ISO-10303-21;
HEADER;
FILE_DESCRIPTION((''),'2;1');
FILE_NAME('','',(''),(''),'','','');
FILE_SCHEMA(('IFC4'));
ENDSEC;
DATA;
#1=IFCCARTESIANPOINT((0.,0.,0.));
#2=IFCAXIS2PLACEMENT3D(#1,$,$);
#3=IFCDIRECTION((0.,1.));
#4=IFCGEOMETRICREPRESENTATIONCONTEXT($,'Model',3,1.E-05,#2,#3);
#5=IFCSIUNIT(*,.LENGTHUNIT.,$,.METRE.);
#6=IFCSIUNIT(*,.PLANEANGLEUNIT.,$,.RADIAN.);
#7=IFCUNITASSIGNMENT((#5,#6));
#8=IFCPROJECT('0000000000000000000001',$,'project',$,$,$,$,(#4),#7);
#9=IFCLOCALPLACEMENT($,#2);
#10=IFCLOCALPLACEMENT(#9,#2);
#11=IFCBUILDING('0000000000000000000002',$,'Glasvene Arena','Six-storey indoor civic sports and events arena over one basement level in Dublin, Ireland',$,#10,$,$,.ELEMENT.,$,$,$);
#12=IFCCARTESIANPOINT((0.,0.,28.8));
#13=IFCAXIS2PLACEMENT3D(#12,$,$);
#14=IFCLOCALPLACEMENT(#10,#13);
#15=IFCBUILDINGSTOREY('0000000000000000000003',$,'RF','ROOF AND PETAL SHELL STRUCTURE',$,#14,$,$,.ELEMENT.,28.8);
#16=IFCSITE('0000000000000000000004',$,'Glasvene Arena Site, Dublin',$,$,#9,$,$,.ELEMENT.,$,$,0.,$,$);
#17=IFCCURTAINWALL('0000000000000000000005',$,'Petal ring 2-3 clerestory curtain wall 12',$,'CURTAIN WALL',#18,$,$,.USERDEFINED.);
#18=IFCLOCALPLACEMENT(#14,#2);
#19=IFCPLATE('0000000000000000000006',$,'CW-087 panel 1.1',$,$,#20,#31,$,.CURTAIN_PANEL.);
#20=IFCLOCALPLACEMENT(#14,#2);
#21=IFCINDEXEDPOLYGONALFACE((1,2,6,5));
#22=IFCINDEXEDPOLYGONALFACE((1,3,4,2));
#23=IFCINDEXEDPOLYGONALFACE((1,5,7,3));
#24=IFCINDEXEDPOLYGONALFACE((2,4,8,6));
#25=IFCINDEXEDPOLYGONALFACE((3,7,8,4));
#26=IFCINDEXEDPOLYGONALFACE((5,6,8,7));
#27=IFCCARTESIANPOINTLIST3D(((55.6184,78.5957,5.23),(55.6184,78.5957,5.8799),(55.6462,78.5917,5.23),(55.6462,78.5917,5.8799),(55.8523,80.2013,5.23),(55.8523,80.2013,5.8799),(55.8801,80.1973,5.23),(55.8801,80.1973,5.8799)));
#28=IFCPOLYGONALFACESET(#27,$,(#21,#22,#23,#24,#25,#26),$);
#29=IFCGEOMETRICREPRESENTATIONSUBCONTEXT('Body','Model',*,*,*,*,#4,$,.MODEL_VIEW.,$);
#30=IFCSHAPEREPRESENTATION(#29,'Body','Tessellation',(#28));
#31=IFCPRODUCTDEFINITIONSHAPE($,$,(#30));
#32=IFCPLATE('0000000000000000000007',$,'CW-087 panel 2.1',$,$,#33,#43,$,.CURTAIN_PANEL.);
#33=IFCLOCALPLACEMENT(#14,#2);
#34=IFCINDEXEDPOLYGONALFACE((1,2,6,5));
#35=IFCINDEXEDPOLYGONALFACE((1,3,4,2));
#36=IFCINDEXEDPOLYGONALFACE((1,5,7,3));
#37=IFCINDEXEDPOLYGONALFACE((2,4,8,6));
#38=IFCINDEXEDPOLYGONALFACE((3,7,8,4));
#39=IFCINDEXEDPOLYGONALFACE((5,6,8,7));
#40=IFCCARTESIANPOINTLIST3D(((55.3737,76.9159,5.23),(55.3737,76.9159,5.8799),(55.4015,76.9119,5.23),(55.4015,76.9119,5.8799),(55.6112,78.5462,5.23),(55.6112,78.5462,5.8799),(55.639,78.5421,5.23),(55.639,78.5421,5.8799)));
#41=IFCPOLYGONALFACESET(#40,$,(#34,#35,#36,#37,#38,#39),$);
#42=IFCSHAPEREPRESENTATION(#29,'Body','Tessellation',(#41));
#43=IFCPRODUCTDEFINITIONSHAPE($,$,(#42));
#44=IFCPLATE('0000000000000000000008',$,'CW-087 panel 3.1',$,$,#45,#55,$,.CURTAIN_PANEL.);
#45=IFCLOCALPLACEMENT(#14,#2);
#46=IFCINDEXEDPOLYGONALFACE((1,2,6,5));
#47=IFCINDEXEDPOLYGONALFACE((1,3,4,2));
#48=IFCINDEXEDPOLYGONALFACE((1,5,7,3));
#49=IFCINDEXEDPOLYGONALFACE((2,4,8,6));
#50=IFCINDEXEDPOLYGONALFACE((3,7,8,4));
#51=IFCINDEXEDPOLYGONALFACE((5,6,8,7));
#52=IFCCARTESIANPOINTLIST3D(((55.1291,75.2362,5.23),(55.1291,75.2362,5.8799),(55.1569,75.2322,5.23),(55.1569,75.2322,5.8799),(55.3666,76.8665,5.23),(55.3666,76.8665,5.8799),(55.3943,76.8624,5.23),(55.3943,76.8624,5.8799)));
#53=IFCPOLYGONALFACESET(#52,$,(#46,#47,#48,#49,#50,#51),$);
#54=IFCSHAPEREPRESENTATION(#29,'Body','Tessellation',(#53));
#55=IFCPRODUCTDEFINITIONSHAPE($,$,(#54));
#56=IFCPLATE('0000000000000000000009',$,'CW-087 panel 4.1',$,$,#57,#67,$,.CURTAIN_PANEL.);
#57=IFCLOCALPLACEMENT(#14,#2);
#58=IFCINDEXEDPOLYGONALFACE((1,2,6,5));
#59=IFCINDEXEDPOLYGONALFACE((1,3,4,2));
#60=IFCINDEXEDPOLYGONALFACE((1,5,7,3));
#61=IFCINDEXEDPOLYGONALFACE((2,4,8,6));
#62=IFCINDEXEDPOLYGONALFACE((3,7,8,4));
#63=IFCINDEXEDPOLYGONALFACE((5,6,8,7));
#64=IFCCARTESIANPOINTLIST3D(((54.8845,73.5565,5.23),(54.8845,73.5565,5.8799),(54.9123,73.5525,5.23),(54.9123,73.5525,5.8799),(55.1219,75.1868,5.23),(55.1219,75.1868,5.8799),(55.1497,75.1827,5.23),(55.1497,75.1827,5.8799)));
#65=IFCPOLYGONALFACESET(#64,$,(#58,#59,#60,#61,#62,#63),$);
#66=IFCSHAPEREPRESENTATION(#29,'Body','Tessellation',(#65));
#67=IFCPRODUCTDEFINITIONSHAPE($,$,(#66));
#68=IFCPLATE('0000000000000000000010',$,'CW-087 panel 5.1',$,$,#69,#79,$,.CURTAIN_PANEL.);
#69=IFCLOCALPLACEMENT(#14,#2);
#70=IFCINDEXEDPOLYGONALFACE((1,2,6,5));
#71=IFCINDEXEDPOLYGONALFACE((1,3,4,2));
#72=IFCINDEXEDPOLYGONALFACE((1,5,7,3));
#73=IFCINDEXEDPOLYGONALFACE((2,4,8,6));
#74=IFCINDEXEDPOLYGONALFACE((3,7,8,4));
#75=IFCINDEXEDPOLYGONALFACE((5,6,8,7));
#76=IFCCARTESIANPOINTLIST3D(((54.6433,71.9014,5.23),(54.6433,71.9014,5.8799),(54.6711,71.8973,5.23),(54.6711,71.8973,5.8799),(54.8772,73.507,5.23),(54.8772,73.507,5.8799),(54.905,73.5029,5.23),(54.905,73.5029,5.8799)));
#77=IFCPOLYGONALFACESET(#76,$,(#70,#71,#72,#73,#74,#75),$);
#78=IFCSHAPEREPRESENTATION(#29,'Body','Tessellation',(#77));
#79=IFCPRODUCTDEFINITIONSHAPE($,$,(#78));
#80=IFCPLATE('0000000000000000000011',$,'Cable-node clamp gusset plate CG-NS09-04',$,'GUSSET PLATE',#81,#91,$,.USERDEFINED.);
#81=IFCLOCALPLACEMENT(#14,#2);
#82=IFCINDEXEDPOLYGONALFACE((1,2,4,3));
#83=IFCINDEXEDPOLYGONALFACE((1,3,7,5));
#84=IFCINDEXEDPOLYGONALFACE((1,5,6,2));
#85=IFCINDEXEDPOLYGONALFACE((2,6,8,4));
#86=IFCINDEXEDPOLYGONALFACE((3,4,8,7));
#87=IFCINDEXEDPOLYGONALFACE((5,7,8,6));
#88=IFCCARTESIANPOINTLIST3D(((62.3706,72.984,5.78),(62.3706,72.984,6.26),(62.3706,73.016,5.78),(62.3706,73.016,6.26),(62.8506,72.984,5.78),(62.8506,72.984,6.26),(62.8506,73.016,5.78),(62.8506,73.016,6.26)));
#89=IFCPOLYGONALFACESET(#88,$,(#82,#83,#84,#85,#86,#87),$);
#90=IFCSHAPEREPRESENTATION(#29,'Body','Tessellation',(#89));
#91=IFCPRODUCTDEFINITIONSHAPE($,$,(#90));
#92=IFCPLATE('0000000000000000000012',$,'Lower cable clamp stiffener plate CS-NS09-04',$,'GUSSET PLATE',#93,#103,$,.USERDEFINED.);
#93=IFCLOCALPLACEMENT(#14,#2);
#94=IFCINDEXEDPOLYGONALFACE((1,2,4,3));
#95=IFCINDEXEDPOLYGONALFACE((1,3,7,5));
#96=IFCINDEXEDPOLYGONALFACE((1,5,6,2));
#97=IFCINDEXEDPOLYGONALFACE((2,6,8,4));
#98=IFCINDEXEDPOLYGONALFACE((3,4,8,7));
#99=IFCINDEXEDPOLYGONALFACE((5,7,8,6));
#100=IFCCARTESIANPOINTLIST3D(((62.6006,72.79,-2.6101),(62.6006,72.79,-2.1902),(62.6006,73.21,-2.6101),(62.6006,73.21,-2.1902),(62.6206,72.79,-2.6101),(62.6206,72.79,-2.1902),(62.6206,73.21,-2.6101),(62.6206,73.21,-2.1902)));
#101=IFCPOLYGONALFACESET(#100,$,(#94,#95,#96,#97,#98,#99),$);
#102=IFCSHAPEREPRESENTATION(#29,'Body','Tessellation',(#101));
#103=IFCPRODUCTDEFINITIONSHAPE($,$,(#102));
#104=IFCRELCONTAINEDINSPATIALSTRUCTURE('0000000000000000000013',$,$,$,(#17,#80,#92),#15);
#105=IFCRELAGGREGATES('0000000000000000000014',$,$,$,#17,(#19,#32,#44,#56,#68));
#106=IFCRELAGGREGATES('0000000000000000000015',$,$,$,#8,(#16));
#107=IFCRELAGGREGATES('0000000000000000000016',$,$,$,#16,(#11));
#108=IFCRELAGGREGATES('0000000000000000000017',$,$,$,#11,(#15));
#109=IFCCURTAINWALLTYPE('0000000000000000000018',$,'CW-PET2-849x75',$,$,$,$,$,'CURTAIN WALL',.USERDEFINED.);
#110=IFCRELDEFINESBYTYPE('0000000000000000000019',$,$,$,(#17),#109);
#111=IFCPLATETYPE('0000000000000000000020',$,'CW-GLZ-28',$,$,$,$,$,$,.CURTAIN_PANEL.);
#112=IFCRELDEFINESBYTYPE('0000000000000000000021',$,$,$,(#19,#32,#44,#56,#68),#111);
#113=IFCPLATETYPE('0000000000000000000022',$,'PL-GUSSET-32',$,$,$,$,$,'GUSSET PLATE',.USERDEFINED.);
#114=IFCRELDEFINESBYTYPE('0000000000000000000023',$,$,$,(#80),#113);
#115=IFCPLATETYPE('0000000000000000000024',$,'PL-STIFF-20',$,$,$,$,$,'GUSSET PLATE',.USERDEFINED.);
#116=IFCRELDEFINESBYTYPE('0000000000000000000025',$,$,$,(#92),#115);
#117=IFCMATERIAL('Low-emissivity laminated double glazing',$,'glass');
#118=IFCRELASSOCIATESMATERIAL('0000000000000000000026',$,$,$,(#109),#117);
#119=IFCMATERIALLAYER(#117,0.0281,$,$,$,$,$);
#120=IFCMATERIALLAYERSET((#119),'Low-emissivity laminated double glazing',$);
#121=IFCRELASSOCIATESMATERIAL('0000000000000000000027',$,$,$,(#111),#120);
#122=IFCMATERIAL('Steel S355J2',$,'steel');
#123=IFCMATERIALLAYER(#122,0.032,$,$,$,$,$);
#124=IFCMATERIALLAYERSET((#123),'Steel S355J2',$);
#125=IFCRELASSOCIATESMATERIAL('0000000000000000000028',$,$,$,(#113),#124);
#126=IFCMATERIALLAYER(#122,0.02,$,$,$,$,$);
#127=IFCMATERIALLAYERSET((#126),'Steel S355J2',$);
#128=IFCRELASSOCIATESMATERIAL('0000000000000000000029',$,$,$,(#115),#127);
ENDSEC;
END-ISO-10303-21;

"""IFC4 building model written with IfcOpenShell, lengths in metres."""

from ifc_helpers import new_model, si_unit, direction, frame, origin, origin_2d, place, context, subcontext, project, spatial, rectangle, extrude, material, layer, layer_set, type_object, element, aggregate, save


model = new_model("IFC4")

# Units and contexts
model_context = context("Model", 3, precision=1e-05, world=origin(), true_north=direction((0.0, 1.0)))
body_context = subcontext(model_context, "Body", "Model", "MODEL_VIEW")
ifc_project = project(units=[si_unit("LENGTHUNIT", "METRE"), si_unit("PLANEANGLEUNIT", "RADIAN")], contexts=[model_context])

# Site, building, storey
site_placement = place(None, origin())
site = spatial("IfcSite", under=ifc_project, at=site_placement, Name="Glasvene Arena Site, Dublin", CompositionType="ELEMENT", RefElevation=0.0)
building_placement = place(site_placement, origin())
building = spatial("IfcBuilding", under=site, at=building_placement, Name="Glasvene Arena", Description="Six-storey indoor civic sports and events arena over one basement level in Dublin, Ireland", CompositionType="ELEMENT")
storey_placement = place(building_placement, frame((0.0, 0.0, 28.8)))
storey = spatial("IfcBuildingStorey", under=building, at=storey_placement, Name="RF", Description="ROOF AND PETAL SHELL STRUCTURE", CompositionType="ELEMENT", Elevation=28.8)

# Curtain wall
ifc_material_1 = material(Name="Low-emissivity laminated double glazing", Category="glass")
curtain_wall_type_1 = type_object("IfcCurtainWallType", Name="CW-PET2-849x75", ElementType="CURTAIN WALL", PredefinedType="USERDEFINED", material=ifc_material_1)
curtain_wall_1_placement = place(storey_placement, frame((55.8733, 80.2488, 0.0)))
curtain_wall_1 = element("IfcCurtainWall", 1, at=curtain_wall_1_placement, inside=storey, type_object=curtain_wall_type_1, Name="Petal ring 2-3 clerestory curtain wall 12", ObjectType="CURTAIN WALL", PredefinedType="USERDEFINED")

# Shared definitions
ifc_material_2 = material(Name="Steel S355J2", Category="steel")

# Plates
ifc_layer_1 = layer(ifc_material_1, 0.0281)
ifc_layer_set_1 = layer_set([ifc_layer_1], Name="Low-emissivity laminated double glazing")
plate_type_1 = type_object("IfcPlateType", Name="CW-GLZ-28", PredefinedType="CURTAIN_PANEL", material=ifc_layer_set_1)
plate_1_placement = place(storey_placement, frame((55.7493, 79.3965, 5.23), z_axis=(0.0, 0.0, 1.0), x_axis=(-0.144133, -0.989558, 0.0)))
plate_1 = element("IfcPlate", 2, at=plate_1_placement, type_object=plate_type_1, Name="CW-087 panel 1.1", PredefinedType="CURTAIN_PANEL", context=body_context, shape_type="SweptSolid", body=[
    extrude(rectangle(XDim=1.6226, YDim=0.0281, at=origin_2d()), origin(), (0.0, 0.0, 1.0), 0.6499),
])
plate_2_placement = place(storey_placement, frame((55.5063, 77.729, 5.23), z_axis=(0.0, 0.0, 1.0), x_axis=(-0.144133, -0.989558, 0.0)))
plate_2 = element("IfcPlate", 3, at=plate_2_placement, type_object=plate_type_1, Name="CW-087 panel 2.1", PredefinedType="CURTAIN_PANEL", context=body_context, shape_type="SweptSolid", body=[
    extrude(rectangle(XDim=1.6475, YDim=0.0281, at=origin_2d()), origin(), (0.0, 0.0, 1.0), 0.6499),
])
plate_3_placement = place(storey_placement, frame((55.2617, 76.0493, 5.23), z_axis=(0.0, 0.0, 1.0), x_axis=(-0.144133, -0.989558, 0.0)))
plate_3 = element("IfcPlate", 4, at=plate_3_placement, type_object=plate_type_1, Name="CW-087 panel 3.1", PredefinedType="CURTAIN_PANEL", context=body_context, shape_type="SweptSolid", body=[
    extrude(rectangle(XDim=1.6475, YDim=0.0281, at=origin_2d()), origin(), (0.0, 0.0, 1.0), 0.6499),
])
plate_4_placement = place(storey_placement, frame((55.0171, 74.3696, 5.23), z_axis=(0.0, 0.0, 1.0), x_axis=(-0.144133, -0.989558, 0.0)))
plate_4 = element("IfcPlate", 5, at=plate_4_placement, type_object=plate_type_1, Name="CW-087 panel 4.1", PredefinedType="CURTAIN_PANEL", context=body_context, shape_type="SweptSolid", body=[
    extrude(rectangle(XDim=1.6475, YDim=0.0281, at=origin_2d()), origin(), (0.0, 0.0, 1.0), 0.6499),
])
plate_5_placement = place(storey_placement, frame((54.7742, 72.7021, 5.23), z_axis=(0.0, 0.0, 1.0), x_axis=(-0.144133, -0.989558, 0.0)))
plate_5 = element("IfcPlate", 6, at=plate_5_placement, type_object=plate_type_1, Name="CW-087 panel 5.1", PredefinedType="CURTAIN_PANEL", context=body_context, shape_type="SweptSolid", body=[
    extrude(rectangle(XDim=1.6226, YDim=0.0281, at=origin_2d()), origin(), (0.0, 0.0, 1.0), 0.6499),
])
aggregate(curtain_wall_1, [plate_1, plate_2, plate_3, plate_4, plate_5])

# Plates
ifc_layer_2 = layer(ifc_material_2, 0.032)
ifc_layer_set_2 = layer_set([ifc_layer_2], Name="Steel S355J2")
plate_type_2 = type_object("IfcPlateType", Name="PL-GUSSET-32", ElementType="GUSSET PLATE", PredefinedType="USERDEFINED", material=ifc_layer_set_2)
plate_6_placement = place(storey_placement, frame((62.6106, 73.0, 5.78), z_axis=(0.0, 0.0, 1.0), x_axis=(1.0, 0.0, 0.0)))
element("IfcPlate", 7, at=plate_6_placement, inside=storey, type_object=plate_type_2, Name="Cable-node clamp gusset plate CG-NS09-04", ObjectType="GUSSET PLATE", PredefinedType="USERDEFINED", context=body_context, shape_type="SweptSolid", body=[
    extrude(rectangle(XDim=0.48, YDim=0.032, at=origin_2d()), origin(), (0.0, 0.0, 1.0), 0.48),
])
ifc_layer_3 = layer(ifc_material_2, 0.02)
ifc_layer_set_3 = layer_set([ifc_layer_3], Name="Steel S355J2")
plate_type_3 = type_object("IfcPlateType", Name="PL-STIFF-20", ElementType="GUSSET PLATE", PredefinedType="USERDEFINED", material=ifc_layer_set_3)
plate_7_placement = place(storey_placement, frame((62.6106, 73.0, -2.6101), z_axis=(0.0, 0.0, 1.0), x_axis=(1.0, 0.0, 0.0)))
element("IfcPlate", 8, at=plate_7_placement, inside=storey, type_object=plate_type_3, Name="Lower cable clamp stiffener plate CS-NS09-04", ObjectType="GUSSET PLATE", PredefinedType="USERDEFINED", context=body_context, shape_type="SweptSolid", body=[
    extrude(rectangle(XDim=0.02, YDim=0.4199, at=origin_2d()), origin(), (0.0, 0.0, 1.0), 0.4199),
])

save(model, "model.ifc")
